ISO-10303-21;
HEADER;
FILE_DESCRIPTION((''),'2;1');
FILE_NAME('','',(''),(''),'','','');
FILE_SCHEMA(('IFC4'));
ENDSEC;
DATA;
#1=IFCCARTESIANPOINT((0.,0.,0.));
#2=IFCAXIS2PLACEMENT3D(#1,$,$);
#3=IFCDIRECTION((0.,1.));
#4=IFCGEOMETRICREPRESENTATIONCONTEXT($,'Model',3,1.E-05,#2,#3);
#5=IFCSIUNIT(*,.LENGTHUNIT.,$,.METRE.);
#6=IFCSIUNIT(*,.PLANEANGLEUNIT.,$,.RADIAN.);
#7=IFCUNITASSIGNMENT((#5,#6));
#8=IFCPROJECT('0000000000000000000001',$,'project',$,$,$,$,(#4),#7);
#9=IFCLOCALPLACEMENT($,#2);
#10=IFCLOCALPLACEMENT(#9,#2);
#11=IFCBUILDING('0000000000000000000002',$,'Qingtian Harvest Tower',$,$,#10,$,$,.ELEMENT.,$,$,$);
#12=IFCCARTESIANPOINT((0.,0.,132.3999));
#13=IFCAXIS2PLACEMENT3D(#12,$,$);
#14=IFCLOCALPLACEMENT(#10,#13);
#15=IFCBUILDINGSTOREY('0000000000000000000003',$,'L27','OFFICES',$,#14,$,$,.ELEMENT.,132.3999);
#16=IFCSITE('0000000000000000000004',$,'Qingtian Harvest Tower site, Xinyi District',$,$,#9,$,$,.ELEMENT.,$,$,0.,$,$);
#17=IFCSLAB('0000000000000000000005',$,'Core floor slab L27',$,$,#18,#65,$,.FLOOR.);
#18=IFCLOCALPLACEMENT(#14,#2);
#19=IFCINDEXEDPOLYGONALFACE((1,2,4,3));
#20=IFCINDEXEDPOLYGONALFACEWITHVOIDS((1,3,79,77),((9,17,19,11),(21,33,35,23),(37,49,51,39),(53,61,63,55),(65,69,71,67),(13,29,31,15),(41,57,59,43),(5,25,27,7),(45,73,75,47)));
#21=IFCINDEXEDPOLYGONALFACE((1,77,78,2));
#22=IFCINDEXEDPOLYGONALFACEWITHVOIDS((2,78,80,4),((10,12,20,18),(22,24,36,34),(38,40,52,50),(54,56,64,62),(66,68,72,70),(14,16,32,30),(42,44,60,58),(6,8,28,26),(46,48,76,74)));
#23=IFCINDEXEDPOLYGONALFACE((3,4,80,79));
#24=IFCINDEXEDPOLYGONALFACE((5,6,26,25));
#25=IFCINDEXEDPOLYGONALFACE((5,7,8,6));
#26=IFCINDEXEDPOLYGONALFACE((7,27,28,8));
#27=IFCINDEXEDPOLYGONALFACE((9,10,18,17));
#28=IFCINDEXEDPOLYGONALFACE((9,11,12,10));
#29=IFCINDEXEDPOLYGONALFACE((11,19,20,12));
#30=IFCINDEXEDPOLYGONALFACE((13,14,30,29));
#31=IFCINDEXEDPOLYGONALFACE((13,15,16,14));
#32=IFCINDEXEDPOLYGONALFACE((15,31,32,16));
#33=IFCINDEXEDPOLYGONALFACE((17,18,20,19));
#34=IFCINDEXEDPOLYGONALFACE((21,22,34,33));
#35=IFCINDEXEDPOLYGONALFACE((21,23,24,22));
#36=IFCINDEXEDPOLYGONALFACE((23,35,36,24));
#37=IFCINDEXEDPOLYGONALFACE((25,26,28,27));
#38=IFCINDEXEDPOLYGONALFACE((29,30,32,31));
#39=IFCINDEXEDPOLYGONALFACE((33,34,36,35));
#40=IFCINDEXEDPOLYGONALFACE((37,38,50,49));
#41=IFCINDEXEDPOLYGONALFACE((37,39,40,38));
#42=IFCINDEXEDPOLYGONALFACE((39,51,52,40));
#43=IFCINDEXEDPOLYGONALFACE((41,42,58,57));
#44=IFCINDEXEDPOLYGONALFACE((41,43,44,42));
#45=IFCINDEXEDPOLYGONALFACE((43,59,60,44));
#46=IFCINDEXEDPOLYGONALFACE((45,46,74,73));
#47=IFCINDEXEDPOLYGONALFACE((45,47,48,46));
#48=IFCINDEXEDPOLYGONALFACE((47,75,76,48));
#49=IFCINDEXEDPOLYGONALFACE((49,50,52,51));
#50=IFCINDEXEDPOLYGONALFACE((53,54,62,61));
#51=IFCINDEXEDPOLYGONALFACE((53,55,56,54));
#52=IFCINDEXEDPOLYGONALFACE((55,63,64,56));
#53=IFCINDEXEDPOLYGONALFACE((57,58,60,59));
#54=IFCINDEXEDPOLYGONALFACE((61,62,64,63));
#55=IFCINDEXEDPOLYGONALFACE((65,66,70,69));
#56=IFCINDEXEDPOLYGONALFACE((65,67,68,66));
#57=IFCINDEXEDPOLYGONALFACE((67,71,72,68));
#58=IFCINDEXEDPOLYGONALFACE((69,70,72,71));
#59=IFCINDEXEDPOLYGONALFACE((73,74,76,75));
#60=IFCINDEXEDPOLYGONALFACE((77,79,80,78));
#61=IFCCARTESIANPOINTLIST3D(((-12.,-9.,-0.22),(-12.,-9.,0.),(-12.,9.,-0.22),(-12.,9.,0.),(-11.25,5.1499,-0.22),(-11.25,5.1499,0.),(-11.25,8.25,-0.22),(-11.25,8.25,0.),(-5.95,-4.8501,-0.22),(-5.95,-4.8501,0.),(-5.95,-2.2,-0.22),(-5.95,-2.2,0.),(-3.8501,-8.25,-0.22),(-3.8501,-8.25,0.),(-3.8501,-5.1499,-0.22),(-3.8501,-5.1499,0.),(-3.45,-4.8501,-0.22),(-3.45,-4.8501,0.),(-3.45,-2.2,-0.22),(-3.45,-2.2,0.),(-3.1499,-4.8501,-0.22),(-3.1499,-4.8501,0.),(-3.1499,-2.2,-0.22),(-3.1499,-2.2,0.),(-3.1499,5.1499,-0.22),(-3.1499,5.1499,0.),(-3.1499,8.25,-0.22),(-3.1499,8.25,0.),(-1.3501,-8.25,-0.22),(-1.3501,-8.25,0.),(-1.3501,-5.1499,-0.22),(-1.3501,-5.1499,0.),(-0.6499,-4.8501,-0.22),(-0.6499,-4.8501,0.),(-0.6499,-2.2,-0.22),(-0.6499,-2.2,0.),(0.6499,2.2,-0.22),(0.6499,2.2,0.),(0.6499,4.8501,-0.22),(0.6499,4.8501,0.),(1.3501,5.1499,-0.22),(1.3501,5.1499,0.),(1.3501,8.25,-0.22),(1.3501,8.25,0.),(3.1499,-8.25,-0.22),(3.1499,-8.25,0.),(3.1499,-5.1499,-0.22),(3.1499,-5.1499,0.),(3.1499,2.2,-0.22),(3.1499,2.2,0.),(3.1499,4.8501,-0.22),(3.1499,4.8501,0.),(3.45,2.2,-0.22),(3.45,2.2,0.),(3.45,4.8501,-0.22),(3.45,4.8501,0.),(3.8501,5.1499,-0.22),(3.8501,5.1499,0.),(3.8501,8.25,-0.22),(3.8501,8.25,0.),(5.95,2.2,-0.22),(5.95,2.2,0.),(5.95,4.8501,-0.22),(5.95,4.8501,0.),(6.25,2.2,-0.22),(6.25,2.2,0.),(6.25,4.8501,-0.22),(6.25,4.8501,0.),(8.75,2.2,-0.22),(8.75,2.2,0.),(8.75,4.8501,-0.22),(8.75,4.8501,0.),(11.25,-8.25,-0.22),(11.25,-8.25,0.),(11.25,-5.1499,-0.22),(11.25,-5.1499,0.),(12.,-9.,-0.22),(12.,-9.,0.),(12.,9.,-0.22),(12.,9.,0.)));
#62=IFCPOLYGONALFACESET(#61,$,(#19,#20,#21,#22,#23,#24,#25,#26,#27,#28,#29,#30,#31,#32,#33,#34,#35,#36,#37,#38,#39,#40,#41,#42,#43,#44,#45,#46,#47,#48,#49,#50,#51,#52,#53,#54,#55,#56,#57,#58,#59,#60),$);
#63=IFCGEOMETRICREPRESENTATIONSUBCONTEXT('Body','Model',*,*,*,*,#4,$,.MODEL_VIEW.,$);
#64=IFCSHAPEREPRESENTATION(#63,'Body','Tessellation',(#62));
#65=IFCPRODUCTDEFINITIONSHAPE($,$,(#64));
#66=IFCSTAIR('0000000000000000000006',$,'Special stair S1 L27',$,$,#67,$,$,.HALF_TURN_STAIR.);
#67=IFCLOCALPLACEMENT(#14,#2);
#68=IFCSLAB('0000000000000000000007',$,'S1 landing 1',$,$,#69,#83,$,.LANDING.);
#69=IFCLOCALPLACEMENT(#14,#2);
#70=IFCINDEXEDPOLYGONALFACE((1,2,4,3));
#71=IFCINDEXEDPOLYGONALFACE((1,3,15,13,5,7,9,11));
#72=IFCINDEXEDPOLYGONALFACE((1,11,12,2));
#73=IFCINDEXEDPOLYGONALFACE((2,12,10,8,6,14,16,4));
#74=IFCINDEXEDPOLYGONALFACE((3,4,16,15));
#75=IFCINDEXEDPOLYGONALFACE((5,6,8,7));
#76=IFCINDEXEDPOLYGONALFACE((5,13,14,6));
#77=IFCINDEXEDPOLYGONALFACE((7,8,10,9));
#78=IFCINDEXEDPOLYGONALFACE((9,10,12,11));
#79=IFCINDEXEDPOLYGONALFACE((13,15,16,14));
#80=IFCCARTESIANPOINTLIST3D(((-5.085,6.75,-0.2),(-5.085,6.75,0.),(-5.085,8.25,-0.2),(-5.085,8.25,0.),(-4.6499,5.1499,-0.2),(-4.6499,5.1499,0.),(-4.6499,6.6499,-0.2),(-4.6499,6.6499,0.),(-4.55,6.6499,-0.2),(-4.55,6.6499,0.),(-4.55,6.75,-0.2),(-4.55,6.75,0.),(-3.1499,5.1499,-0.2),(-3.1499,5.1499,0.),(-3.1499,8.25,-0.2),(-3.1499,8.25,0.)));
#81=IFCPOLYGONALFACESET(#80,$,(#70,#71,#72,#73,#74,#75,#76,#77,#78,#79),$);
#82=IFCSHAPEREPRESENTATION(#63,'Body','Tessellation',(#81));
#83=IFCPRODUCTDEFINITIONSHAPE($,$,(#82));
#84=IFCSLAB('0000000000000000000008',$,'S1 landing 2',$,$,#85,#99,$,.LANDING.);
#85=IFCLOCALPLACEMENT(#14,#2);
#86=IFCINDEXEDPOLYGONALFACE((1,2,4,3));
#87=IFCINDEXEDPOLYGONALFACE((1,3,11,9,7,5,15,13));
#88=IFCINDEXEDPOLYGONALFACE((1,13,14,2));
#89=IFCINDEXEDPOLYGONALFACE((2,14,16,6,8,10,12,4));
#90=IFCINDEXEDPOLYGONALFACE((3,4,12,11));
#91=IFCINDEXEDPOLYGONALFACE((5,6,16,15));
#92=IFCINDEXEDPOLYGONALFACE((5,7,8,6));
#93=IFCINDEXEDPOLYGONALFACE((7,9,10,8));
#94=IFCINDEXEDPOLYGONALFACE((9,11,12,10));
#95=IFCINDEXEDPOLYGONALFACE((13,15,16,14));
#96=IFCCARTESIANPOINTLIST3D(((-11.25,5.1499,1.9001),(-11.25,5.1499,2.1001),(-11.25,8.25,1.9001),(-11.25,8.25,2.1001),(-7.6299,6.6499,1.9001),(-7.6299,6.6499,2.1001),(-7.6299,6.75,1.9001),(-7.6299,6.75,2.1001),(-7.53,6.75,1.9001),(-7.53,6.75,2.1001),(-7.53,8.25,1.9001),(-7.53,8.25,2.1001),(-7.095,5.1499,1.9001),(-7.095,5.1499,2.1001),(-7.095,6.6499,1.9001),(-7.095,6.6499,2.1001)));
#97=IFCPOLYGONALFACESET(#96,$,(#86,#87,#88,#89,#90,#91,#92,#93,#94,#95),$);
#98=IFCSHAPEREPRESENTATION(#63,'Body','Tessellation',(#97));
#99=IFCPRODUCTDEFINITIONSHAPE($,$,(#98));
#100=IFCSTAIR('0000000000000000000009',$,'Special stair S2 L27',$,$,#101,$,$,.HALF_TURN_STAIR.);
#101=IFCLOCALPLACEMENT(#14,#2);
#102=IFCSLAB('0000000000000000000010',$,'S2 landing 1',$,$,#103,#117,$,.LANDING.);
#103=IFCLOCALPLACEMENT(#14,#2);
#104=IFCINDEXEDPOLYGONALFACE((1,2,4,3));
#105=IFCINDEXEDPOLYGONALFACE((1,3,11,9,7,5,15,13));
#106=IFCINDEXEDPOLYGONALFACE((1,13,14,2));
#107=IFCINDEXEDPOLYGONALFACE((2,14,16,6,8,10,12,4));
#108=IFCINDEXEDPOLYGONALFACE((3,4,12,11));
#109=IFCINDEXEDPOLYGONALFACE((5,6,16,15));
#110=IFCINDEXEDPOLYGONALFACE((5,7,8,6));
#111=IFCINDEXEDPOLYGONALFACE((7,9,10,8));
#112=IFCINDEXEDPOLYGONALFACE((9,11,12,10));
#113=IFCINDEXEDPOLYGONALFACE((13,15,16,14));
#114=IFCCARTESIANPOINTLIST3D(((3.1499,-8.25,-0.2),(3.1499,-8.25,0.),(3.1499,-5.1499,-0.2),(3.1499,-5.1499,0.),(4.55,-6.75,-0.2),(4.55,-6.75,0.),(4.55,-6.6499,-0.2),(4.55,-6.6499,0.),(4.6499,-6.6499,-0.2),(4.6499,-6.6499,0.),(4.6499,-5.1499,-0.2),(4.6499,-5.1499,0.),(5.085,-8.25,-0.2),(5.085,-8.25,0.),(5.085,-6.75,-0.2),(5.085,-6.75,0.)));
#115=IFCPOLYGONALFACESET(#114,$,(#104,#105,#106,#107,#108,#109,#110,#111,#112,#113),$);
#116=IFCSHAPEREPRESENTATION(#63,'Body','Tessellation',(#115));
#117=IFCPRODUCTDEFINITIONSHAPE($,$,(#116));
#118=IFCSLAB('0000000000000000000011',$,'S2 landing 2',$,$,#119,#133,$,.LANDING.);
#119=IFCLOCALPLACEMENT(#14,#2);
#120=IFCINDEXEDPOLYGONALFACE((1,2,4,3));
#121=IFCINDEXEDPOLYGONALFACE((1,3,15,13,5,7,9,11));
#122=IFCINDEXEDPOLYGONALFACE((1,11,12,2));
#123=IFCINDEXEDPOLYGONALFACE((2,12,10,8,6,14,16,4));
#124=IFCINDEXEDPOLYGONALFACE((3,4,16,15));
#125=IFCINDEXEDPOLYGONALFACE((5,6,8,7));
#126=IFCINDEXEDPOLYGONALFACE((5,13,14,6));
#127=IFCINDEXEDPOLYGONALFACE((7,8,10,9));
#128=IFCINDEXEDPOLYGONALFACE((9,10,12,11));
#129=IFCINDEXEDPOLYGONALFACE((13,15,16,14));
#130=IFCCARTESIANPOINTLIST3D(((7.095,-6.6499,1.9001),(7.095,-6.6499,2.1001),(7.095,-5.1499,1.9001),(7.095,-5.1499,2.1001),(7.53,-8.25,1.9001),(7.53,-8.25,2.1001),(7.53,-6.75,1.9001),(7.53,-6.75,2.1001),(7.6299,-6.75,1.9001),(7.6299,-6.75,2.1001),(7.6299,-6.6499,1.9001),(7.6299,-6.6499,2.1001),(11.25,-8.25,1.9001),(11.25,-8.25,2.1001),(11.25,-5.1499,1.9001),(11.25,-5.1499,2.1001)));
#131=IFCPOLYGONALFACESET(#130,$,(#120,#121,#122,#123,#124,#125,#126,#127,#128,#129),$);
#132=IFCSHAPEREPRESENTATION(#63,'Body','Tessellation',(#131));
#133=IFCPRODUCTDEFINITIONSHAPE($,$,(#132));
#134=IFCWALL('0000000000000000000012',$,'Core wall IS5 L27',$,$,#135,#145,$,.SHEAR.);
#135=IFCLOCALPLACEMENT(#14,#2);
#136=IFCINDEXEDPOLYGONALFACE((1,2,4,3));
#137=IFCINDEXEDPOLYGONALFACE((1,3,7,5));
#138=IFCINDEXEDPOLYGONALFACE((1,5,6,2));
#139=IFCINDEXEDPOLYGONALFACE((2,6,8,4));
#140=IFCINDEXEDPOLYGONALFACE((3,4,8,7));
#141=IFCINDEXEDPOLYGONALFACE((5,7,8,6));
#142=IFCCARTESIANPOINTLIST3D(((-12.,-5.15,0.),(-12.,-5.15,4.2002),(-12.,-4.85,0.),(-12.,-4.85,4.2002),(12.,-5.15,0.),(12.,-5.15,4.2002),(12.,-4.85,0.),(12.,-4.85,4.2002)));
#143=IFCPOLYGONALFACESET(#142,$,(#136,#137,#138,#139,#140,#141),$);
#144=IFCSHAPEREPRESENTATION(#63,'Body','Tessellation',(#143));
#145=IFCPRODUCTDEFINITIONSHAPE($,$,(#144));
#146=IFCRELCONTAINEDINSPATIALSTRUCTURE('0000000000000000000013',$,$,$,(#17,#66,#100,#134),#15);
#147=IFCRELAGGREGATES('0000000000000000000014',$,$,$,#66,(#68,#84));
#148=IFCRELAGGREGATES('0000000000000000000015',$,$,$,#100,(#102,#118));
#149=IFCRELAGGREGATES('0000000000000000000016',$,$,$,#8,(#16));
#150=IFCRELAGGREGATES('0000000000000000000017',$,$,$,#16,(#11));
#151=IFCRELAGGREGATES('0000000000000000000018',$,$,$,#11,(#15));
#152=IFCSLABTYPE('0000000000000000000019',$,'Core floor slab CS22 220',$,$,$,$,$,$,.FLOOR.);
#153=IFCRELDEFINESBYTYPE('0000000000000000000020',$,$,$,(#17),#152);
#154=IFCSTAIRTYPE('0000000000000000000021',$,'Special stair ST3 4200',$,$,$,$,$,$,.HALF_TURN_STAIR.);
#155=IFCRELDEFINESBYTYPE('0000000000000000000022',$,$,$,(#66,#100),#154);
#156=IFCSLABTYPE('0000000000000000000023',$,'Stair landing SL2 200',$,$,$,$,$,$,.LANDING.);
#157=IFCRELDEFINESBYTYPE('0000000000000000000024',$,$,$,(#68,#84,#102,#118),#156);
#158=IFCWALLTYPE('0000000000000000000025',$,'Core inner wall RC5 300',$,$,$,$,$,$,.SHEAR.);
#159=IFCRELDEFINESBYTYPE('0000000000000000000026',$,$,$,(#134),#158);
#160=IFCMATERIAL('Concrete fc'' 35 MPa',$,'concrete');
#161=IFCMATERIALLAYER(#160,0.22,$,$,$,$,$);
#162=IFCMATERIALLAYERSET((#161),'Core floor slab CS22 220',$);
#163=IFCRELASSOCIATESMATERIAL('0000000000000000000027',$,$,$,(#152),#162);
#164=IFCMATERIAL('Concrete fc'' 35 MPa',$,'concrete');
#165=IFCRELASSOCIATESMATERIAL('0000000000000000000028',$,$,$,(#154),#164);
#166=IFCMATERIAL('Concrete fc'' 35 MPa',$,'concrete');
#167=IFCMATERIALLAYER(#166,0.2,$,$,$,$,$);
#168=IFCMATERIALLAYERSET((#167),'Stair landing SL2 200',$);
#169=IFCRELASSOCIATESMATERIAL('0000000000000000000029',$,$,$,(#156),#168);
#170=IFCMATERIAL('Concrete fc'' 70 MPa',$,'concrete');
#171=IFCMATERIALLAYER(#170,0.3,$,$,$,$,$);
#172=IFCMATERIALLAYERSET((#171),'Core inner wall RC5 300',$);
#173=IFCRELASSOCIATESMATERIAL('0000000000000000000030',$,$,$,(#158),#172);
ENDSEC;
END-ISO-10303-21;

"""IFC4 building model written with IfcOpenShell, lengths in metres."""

from ifc_helpers import new_model, si_unit, direction, frame, frame_2d, origin, place, context, subcontext, project, spatial, polyline, rectangle, outline, extrude, material, layer, layer_set, type_object, element, aggregate, save


model = new_model("IFC4")

# Units and contexts
model_context = context("Model", 3, precision=1e-05, world=origin(), true_north=direction((0.0, 1.0)))
body_context = subcontext(model_context, "Body", "Model", "MODEL_VIEW")
ifc_project = project(units=[si_unit("LENGTHUNIT", "METRE"), si_unit("PLANEANGLEUNIT", "RADIAN")], contexts=[model_context])

# Site, building, storey
site_placement = place(None, origin())
site = spatial("IfcSite", under=ifc_project, at=site_placement, Name="Qingtian Harvest Tower site, Xinyi District", CompositionType="ELEMENT", RefElevation=0.0)
building_placement = place(site_placement, origin())
building = spatial("IfcBuilding", under=site, at=building_placement, Name="Qingtian Harvest Tower", CompositionType="ELEMENT")
storey_placement = place(building_placement, frame((0.0, 0.0, 132.3999)))
storey = spatial("IfcBuildingStorey", under=building, at=storey_placement, Name="L27", Description="OFFICES", CompositionType="ELEMENT", Elevation=132.3999)

# Slab
ifc_material_1 = material(Name="Concrete fc' 35 MPa", Category="concrete")
ifc_layer_1 = layer(ifc_material_1, 0.22)
ifc_layer_set_1 = layer_set([ifc_layer_1], Name="Core floor slab CS22 220")
slab_type_1 = type_object("IfcSlabType", Name="Core floor slab CS22 220", PredefinedType="FLOOR", material=ifc_layer_set_1)
slab_1_placement = place(storey_placement, frame((0.0, 0.0, -0.22)))
element("IfcSlab", 1, at=slab_1_placement, inside=storey, type_object=slab_type_1, Name="Core floor slab L27", PredefinedType="FLOOR", context=body_context, shape_type="SweptSolid", body=[
    extrude(outline(polyline([(-12.0, -9.0), (12.0, -9.0), (12.0, 9.0), (-12.0, 9.0), (-12.0, -9.0)]), holes=[polyline([(-11.25, 5.1499), (-3.1499, 5.1499), (-3.1499, 8.25), (-11.25, 8.25), (-11.25, 5.1499)]), polyline([(3.1499, -8.25), (11.25, -8.25), (11.25, -5.1499), (3.1499, -5.1499), (3.1499, -8.25)]), polyline([(1.3501, 5.1499), (3.8501, 5.1499), (3.8501, 8.25), (1.3501, 8.25), (1.3501, 5.1499)]), polyline([(-3.8501, -8.25), (-1.3501, -8.25), (-1.3501, -5.1499), (-3.8501, -5.1499), (-3.8501, -8.25)]), polyline([(0.6499, 2.2), (3.1499, 2.2), (3.1499, 4.8501), (0.6499, 4.8501), (0.6499, 2.2)]), polyline([(3.45, 2.2), (5.95, 2.2), (5.95, 4.8501), (3.45, 4.8501), (3.45, 2.2)]), polyline([(6.25, 2.2), (8.75, 2.2), (8.75, 4.8501), (6.25, 4.8501), (6.25, 2.2)]), polyline([(-5.95, -4.8501), (-3.45, -4.8501), (-3.45, -2.2), (-5.95, -2.2), (-5.95, -4.8501)]), polyline([(-3.1499, -4.8501), (-0.6499, -4.8501), (-0.6499, -2.2), (-3.1499, -2.2), (-3.1499, -4.8501)])]), origin(), (0.0, 0.0, 1.0), 0.22),
])

# Stairs, slabs
ifc_material_2 = material(Name="Concrete fc' 35 MPa", Category="concrete")
stair_type = type_object("IfcStairType", Name="Special stair ST3 4200", PredefinedType="HALF_TURN_STAIR", material=ifc_material_2)
stair_1_placement = place(storey_placement, origin())
stair_1 = element("IfcStair", 2, at=stair_1_placement, inside=storey, type_object=stair_type, Name="Special stair S1 L27", PredefinedType="HALF_TURN_STAIR")
ifc_material_3 = material(Name="Concrete fc' 35 MPa", Category="concrete")
ifc_layer_2 = layer(ifc_material_3, 0.2)
ifc_layer_set_2 = layer_set([ifc_layer_2], Name="Stair landing SL2 200")
slab_type_2 = type_object("IfcSlabType", Name="Stair landing SL2 200", PredefinedType="LANDING", material=ifc_layer_set_2)
slab_2_placement = place(storey_placement, frame((0.0, 0.0, -0.2)))
slab_2 = element("IfcSlab", 3, at=slab_2_placement, type_object=slab_type_2, Name="S1 landing 1", PredefinedType="LANDING", context=body_context, shape_type="SweptSolid", body=[
    extrude(outline(polyline([(-4.6499, 5.1499), (-4.6499, 6.6499), (-4.55, 6.6499), (-4.55, 6.75), (-5.085, 6.75), (-5.085, 8.25), (-3.1499, 8.25), (-3.1499, 5.1499), (-4.6499, 5.1499)])), origin(), (0.0, 0.0, 1.0), 0.2),
])
slab_3_placement = place(storey_placement, frame((0.0, 0.0, 1.9001)))
slab_3 = element("IfcSlab", 4, at=slab_3_placement, type_object=slab_type_2, Name="S1 landing 2", PredefinedType="LANDING", context=body_context, shape_type="SweptSolid", body=[
    extrude(outline(polyline([(-7.095, 5.1499), (-11.25, 5.1499), (-11.25, 8.25), (-7.53, 8.25), (-7.53, 6.75), (-7.6299, 6.75), (-7.6299, 6.6499), (-7.095, 6.6499), (-7.095, 5.1499)])), origin(), (0.0, 0.0, 1.0), 0.2),
])
aggregate(stair_1, [slab_2, slab_3])
stair_2_placement = place(storey_placement, origin())
stair_2 = element("IfcStair", 5, at=stair_2_placement, inside=storey, type_object=stair_type, Name="Special stair S2 L27", PredefinedType="HALF_TURN_STAIR")
slab_4_placement = place(storey_placement, frame((0.0, 0.0, -0.2)))
slab_4 = element("IfcSlab", 6, at=slab_4_placement, type_object=slab_type_2, Name="S2 landing 1", PredefinedType="LANDING", context=body_context, shape_type="SweptSolid", body=[
    extrude(outline(polyline([(5.085, -8.25), (3.1499, -8.25), (3.1499, -5.1499), (4.6499, -5.1499), (4.6499, -6.6499), (4.55, -6.6499), (4.55, -6.75), (5.085, -6.75), (5.085, -8.25)])), origin(), (0.0, 0.0, 1.0), 0.2),
])
slab_5_placement = place(storey_placement, frame((0.0, 0.0, 1.9001)))
slab_5 = element("IfcSlab", 7, at=slab_5_placement, type_object=slab_type_2, Name="S2 landing 2", PredefinedType="LANDING", context=body_context, shape_type="SweptSolid", body=[
    extrude(outline(polyline([(7.53, -8.25), (7.53, -6.75), (7.6299, -6.75), (7.6299, -6.6499), (7.095, -6.6499), (7.095, -5.1499), (11.25, -5.1499), (11.25, -8.25), (7.53, -8.25)])), origin(), (0.0, 0.0, 1.0), 0.2),
])
aggregate(stair_2, [slab_4, slab_5])

# Wall
ifc_material_4 = material(Name="Concrete fc' 70 MPa", Category="concrete")
ifc_layer_3 = layer(ifc_material_4, 0.3)
ifc_layer_set_3 = layer_set([ifc_layer_3], Name="Core inner wall RC5 300")
wall_type_1 = type_object("IfcWallType", Name="Core inner wall RC5 300", PredefinedType="SHEAR", material=ifc_layer_set_3)
wall_1_placement = place(storey_placement, frame((-12.0, -5.0, 0.0), z_axis=(0.0, 0.0, 1.0), x_axis=(1.0, 0.0, 0.0)))
element("IfcWall", 8, at=wall_1_placement, inside=storey, type_object=wall_type_1, Name="Core wall IS5 L27", PredefinedType="SHEAR", context=body_context, shape_type="SweptSolid", body=[
    extrude(rectangle(XDim=24.0, YDim=0.3, at=frame_2d((12.0, 0.0))), origin(), (0.0, 0.0, 1.0), 4.2002),
])

save(model, "model.ifc")
